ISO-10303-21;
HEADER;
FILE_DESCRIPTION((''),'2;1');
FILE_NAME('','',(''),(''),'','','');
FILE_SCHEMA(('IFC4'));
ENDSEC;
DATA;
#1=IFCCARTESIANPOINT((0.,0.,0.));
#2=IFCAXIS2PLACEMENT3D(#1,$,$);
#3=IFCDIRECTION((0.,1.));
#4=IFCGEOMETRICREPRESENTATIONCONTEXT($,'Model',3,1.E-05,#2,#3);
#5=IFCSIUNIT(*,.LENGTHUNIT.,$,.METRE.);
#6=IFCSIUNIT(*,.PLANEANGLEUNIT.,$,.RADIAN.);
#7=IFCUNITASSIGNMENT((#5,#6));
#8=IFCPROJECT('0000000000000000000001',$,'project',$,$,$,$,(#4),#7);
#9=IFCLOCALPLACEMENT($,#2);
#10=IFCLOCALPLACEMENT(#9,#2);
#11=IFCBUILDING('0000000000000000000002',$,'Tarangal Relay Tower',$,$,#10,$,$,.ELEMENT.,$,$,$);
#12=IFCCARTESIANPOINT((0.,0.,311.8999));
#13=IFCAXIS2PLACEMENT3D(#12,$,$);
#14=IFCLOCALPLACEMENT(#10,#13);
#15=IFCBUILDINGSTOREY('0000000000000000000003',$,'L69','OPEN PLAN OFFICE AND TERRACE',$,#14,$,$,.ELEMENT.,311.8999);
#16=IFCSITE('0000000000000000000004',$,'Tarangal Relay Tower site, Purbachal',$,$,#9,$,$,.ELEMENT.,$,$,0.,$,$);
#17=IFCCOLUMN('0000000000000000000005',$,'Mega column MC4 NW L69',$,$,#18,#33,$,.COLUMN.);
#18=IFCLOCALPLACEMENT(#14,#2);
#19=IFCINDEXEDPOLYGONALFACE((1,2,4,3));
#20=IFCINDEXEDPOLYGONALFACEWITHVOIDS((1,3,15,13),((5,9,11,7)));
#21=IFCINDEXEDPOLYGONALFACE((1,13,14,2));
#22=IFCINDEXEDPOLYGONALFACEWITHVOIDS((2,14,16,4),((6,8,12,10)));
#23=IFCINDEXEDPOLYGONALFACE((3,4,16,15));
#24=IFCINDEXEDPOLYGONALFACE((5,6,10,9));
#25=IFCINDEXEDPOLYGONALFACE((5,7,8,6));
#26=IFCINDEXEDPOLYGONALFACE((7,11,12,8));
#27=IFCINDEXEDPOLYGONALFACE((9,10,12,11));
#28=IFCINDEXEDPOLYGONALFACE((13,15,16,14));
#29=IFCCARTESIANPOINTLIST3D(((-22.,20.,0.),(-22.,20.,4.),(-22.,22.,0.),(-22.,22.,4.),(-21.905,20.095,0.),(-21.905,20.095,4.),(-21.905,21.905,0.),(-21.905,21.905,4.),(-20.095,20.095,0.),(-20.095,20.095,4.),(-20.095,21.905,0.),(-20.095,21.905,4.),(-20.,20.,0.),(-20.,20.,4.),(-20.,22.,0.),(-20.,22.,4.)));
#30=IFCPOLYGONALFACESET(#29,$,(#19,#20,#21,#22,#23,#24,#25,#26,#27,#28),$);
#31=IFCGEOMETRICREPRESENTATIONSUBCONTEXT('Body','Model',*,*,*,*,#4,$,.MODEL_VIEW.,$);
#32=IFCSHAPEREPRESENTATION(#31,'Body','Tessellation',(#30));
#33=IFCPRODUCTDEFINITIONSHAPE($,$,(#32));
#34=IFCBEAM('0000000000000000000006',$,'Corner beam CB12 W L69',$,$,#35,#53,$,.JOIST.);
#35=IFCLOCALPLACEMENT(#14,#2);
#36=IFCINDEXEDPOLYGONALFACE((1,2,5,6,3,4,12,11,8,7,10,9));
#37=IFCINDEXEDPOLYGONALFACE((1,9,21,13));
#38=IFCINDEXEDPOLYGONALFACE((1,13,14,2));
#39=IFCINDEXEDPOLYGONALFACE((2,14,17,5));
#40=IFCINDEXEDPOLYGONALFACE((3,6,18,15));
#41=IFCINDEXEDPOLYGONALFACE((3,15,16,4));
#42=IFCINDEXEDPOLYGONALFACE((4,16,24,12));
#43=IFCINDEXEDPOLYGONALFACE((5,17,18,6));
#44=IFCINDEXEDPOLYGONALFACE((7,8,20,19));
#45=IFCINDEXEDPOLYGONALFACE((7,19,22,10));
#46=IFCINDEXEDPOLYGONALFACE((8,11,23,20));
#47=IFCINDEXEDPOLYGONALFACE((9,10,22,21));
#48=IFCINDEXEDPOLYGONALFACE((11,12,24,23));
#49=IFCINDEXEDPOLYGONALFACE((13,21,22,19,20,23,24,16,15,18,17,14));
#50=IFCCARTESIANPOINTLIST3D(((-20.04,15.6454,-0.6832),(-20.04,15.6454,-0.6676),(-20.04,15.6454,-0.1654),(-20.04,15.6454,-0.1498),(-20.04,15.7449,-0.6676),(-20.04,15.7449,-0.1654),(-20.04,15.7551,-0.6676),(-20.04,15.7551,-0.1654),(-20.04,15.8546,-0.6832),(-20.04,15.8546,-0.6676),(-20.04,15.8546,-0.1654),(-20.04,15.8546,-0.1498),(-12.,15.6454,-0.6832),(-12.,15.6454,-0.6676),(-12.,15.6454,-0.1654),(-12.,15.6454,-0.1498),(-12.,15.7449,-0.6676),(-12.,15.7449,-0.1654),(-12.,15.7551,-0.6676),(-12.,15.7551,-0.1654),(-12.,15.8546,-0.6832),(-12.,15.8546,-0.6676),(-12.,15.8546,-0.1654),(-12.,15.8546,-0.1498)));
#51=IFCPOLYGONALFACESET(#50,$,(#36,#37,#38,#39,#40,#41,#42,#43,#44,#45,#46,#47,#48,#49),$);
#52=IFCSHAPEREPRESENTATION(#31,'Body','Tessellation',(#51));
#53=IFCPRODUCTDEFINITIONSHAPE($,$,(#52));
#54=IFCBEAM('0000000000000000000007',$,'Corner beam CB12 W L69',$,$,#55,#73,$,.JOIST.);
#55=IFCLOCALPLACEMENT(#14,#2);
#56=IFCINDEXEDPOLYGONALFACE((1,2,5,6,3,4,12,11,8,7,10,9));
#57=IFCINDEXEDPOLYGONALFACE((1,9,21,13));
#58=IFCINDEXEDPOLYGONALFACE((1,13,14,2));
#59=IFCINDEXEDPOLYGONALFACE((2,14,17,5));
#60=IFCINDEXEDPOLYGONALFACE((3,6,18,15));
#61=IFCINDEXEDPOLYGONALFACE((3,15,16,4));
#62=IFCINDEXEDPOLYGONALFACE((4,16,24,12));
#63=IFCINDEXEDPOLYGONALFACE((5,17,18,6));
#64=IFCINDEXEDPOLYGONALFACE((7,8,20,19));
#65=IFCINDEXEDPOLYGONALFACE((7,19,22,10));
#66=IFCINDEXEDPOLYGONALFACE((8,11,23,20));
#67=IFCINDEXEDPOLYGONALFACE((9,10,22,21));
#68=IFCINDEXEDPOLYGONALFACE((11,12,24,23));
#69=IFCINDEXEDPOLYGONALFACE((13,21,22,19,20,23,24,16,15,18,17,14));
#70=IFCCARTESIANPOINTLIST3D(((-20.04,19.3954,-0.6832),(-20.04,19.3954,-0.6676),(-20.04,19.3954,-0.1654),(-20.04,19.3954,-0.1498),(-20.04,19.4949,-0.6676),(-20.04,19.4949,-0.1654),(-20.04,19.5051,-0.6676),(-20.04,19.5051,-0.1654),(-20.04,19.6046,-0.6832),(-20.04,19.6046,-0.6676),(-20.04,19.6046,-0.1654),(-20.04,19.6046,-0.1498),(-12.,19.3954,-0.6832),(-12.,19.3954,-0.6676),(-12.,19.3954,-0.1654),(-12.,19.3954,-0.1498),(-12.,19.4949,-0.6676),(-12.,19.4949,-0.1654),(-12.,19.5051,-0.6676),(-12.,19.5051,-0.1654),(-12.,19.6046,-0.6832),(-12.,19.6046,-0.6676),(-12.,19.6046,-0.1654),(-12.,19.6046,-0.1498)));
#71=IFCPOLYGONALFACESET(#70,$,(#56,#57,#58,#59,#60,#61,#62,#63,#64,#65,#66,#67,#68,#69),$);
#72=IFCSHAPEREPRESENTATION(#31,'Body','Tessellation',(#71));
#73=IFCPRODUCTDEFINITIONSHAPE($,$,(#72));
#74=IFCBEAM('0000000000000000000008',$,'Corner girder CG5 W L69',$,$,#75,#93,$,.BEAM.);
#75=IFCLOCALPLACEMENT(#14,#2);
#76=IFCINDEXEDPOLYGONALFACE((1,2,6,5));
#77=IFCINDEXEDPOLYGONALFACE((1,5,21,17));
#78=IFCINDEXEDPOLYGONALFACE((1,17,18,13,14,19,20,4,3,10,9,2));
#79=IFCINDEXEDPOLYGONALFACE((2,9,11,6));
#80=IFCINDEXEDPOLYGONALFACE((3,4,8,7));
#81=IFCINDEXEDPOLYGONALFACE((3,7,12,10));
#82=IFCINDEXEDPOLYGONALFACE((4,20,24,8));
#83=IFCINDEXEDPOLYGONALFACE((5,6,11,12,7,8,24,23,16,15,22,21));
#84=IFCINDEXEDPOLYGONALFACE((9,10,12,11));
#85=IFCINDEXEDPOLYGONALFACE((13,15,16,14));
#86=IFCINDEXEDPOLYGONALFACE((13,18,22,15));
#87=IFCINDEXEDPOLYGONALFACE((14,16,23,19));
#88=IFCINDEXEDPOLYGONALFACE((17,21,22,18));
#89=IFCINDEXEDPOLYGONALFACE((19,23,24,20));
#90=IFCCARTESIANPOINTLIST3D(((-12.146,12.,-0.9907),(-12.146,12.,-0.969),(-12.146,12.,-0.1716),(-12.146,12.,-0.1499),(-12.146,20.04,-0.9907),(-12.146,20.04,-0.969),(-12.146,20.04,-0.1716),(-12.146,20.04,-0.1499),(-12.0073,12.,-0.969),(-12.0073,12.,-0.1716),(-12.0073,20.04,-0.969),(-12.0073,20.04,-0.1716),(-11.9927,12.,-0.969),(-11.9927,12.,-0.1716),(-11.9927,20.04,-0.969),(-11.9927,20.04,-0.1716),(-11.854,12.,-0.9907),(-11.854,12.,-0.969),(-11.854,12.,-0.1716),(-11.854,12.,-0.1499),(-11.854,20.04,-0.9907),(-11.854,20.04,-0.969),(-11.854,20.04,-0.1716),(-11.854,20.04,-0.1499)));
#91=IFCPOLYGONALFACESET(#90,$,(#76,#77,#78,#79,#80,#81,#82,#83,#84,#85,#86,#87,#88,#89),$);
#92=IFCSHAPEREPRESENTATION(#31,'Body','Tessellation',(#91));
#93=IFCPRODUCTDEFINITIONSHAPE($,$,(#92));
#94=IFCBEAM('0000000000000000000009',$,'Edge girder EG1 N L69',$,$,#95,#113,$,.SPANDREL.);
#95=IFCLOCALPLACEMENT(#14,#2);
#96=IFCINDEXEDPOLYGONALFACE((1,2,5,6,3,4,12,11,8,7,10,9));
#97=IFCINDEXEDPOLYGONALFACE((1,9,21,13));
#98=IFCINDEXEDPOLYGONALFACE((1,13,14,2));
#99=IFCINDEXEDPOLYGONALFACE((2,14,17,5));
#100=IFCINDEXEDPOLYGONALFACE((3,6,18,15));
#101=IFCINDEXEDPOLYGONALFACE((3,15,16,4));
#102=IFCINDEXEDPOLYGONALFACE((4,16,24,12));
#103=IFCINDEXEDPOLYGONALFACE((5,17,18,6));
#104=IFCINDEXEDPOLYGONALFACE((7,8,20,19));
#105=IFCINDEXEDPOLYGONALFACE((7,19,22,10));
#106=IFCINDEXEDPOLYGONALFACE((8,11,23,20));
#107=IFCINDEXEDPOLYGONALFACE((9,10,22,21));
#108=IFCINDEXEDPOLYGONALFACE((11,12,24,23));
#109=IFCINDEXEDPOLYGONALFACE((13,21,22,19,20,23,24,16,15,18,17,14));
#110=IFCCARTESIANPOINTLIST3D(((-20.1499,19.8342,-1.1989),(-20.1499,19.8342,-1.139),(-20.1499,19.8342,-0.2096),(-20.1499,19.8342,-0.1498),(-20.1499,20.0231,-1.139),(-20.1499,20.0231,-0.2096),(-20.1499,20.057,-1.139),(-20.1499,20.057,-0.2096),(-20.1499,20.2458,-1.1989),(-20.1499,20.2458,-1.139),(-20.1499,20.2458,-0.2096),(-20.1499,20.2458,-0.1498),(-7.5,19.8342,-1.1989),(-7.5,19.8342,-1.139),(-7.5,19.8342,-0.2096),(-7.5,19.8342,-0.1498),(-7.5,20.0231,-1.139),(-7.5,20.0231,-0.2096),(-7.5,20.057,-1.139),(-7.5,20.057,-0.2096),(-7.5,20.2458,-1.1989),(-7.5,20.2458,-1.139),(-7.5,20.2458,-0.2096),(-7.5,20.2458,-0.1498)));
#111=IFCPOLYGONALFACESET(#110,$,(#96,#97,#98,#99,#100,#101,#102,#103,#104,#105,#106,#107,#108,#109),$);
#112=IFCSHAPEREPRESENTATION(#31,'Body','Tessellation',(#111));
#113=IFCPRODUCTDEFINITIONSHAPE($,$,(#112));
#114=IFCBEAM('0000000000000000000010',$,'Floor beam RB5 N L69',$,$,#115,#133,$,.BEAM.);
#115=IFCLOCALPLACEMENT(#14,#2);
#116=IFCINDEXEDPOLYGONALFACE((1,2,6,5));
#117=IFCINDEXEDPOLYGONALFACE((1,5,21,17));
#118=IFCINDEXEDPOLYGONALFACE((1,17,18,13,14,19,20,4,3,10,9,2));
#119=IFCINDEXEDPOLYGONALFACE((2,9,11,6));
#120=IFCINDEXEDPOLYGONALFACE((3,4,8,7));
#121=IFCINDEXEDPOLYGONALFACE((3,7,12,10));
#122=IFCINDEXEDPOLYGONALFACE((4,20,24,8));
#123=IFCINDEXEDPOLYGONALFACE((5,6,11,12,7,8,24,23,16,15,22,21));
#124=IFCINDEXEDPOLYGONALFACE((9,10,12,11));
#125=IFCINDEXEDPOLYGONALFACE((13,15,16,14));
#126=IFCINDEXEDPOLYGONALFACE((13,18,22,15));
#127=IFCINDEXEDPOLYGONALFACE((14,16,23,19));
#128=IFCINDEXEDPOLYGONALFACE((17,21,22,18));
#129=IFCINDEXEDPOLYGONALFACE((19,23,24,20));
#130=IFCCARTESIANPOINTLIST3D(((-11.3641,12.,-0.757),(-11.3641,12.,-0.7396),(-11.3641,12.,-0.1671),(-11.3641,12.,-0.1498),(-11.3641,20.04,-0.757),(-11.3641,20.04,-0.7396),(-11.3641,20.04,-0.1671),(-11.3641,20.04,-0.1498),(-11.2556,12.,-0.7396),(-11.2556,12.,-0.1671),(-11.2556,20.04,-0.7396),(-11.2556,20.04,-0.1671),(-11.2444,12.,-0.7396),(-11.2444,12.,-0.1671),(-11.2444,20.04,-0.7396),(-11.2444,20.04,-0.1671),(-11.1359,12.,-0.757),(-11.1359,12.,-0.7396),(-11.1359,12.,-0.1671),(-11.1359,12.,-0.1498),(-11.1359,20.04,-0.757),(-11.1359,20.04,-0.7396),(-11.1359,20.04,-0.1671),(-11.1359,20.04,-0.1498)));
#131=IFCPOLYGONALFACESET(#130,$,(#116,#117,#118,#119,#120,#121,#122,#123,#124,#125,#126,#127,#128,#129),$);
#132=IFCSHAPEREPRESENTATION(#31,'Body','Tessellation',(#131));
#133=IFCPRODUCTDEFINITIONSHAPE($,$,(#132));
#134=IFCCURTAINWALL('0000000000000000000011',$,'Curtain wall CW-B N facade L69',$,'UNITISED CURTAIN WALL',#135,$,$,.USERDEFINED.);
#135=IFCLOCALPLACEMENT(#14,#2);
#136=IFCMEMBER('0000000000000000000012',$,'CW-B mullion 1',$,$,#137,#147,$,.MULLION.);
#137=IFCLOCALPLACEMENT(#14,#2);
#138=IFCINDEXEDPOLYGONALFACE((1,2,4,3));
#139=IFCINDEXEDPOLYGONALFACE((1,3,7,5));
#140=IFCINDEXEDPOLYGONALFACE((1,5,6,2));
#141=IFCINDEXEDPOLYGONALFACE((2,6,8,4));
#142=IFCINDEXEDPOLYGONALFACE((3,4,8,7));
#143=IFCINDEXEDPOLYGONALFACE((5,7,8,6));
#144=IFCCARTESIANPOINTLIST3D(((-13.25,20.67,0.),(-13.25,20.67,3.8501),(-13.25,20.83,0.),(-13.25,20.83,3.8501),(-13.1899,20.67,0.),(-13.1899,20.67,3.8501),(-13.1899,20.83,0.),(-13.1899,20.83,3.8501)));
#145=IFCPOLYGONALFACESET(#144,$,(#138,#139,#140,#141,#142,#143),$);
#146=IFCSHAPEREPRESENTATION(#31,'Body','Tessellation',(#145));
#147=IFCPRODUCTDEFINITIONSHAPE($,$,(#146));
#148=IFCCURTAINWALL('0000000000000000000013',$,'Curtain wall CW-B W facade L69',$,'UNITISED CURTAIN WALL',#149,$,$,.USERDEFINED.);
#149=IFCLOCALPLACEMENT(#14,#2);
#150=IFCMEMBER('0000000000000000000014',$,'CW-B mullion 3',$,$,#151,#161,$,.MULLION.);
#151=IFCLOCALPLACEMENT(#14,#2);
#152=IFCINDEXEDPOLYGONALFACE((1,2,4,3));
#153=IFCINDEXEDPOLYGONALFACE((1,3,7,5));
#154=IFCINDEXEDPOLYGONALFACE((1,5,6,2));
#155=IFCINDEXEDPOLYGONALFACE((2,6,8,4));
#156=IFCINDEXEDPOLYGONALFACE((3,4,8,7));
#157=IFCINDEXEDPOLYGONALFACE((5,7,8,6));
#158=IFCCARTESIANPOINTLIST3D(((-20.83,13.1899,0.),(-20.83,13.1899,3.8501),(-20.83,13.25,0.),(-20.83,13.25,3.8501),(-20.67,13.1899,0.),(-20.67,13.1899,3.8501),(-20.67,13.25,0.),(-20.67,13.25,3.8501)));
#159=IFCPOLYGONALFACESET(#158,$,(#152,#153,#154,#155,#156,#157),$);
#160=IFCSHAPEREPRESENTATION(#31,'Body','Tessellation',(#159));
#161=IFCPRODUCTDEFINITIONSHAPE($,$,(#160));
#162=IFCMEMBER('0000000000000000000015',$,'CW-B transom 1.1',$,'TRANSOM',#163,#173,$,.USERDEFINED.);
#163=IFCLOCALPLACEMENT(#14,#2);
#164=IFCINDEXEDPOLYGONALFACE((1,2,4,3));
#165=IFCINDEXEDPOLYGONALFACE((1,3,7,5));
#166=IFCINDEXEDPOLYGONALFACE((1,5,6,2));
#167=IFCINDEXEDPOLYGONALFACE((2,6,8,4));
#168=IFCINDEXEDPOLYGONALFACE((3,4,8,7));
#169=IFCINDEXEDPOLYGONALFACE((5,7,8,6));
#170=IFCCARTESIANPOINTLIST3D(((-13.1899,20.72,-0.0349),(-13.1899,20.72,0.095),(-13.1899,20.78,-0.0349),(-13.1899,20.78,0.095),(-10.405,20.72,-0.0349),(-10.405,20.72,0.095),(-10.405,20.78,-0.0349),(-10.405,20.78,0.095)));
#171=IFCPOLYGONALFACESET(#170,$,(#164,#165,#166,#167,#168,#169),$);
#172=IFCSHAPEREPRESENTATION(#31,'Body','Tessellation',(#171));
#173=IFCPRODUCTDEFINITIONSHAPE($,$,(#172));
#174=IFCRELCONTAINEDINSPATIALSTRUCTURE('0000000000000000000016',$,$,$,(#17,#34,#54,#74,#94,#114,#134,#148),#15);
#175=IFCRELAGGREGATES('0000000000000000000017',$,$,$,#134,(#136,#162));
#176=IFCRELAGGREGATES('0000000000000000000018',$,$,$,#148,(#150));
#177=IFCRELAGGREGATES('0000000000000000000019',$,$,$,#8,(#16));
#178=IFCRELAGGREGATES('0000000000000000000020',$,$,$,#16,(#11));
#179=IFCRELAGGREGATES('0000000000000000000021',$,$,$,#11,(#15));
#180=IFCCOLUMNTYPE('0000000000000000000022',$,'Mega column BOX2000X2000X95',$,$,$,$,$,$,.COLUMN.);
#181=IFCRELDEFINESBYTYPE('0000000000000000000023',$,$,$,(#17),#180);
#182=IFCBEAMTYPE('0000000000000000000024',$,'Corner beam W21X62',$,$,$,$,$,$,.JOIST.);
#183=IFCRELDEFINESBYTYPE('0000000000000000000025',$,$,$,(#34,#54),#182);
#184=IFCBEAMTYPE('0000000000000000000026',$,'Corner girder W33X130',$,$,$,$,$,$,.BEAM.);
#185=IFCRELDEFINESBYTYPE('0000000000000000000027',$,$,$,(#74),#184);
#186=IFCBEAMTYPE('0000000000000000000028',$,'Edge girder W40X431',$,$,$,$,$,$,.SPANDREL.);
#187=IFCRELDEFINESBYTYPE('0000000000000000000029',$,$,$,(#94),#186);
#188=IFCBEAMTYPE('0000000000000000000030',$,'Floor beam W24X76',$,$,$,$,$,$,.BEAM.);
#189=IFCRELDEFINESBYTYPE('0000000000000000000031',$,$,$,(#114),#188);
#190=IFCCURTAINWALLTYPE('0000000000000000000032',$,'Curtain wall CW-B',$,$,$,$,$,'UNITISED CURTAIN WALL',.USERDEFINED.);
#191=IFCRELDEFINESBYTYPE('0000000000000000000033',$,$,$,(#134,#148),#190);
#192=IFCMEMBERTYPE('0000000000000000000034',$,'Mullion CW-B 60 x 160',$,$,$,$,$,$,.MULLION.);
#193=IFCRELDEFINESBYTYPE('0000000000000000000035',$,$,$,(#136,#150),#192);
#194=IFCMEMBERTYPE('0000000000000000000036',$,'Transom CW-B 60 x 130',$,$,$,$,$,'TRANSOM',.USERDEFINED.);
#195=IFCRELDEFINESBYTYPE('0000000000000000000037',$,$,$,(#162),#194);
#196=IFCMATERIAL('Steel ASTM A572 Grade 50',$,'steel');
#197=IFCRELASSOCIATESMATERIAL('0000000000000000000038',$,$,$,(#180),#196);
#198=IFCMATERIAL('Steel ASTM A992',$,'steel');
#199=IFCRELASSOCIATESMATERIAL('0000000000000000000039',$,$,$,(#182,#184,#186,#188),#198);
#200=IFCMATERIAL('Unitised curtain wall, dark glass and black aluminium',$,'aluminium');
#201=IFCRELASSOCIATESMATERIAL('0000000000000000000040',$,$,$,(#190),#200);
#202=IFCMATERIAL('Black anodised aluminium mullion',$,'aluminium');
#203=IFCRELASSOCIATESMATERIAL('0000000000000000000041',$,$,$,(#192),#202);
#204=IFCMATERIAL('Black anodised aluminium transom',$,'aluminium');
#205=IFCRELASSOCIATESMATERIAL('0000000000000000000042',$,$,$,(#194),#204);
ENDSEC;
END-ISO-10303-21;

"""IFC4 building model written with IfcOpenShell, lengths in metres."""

from ifc_helpers import new_model, si_unit, direction, frame, origin, origin_2d, place, context, subcontext, project, spatial, rectangle, hollow_rectangle, i_section, extrude, material, material_profile, profile_set, type_object, element, aggregate, save


model = new_model("IFC4")

# Units and contexts
model_context = context("Model", 3, precision=1e-05, world=origin(), true_north=direction((0.0, 1.0)))
body_context = subcontext(model_context, "Body", "Model", "MODEL_VIEW")
ifc_project = project(units=[si_unit("LENGTHUNIT", "METRE"), si_unit("PLANEANGLEUNIT", "RADIAN")], contexts=[model_context])

# Site, building, storey
site_placement = place(None, origin())
site = spatial("IfcSite", under=ifc_project, at=site_placement, Name="Tarangal Relay Tower site, Purbachal", CompositionType="ELEMENT", RefElevation=0.0)
building_placement = place(site_placement, origin())
building = spatial("IfcBuilding", under=site, at=building_placement, Name="Tarangal Relay Tower", CompositionType="ELEMENT")
storey_placement = place(building_placement, frame((0.0, 0.0, 311.8999)))
storey = spatial("IfcBuildingStorey", under=building, at=storey_placement, Name="L69", Description="OPEN PLAN OFFICE AND TERRACE", CompositionType="ELEMENT", Elevation=311.8999)

# Column
ifc_material_1 = material(Name="Steel ASTM A572 Grade 50", Category="steel")
ifc_material_profile_1 = material_profile(ifc_material_1, hollow_rectangle(XDim=2.0, YDim=2.0, WallThickness=0.095, at=origin_2d()), Name="BOX2000X2000X95")
ifc_profile_set_1 = profile_set([ifc_material_profile_1], Name="Steel ASTM A572 Grade 50")
column_type = type_object("IfcColumnType", Name="Mega column BOX2000X2000X95", PredefinedType="COLUMN", material=ifc_profile_set_1)
column_placement = place(storey_placement, frame((-21.0, 21.0, 0.0), z_axis=(0.0, 0.0, 1.0), x_axis=(1.0, 0.0, 0.0)))
element("IfcColumn", 1, at=column_placement, inside=storey, type_object=column_type, Name="Mega column MC4 NW L69", PredefinedType="COLUMN", context=body_context, shape_type="SweptSolid", body=[
    extrude(hollow_rectangle(XDim=2.0, YDim=2.0, WallThickness=0.095, at=origin_2d()), origin(), (0.0, 0.0, 1.0), 4.0),
])

# Beams
ifc_material_2 = material(Name="Steel ASTM A992", Category="steel")
ifc_material_profile_2 = material_profile(ifc_material_2, i_section(OverallWidth=0.2092, OverallDepth=0.5334, WebThickness=0.0103, FlangeThickness=0.0156, at=origin_2d()), Name="W21X62")
ifc_profile_set_2 = profile_set([ifc_material_profile_2], Name="Steel ASTM A992")
beam_type_1 = type_object("IfcBeamType", Name="Corner beam W21X62", PredefinedType="JOIST", material=ifc_profile_set_2)
for number, where, z_axis, x_axis, name in (
    (2, (-12.0, 15.75, -0.4165), (-1.0, 0.0, 0.0), (0.0, -1.0, 0.0), "Corner beam CB12 W L69"),
    (3, (-12.0, 19.5, -0.4165), (-1.0, 0.0, 0.0), (0.0, -1.0, 0.0), "Corner beam CB12 W L69"),
):
    element("IfcBeam", number, at=place(storey_placement, frame(where, z_axis=z_axis, x_axis=x_axis)), inside=storey, type_object=beam_type_1, Name=name, PredefinedType="JOIST", context=body_context, shape_type="SweptSolid", body=[
        extrude(i_section(OverallWidth=0.2092, OverallDepth=0.5334, WebThickness=0.0103, FlangeThickness=0.0156, at=origin_2d()), origin(), (0.0, 0.0, 1.0), 8.04),
    ])
ifc_material_profile_3 = material_profile(ifc_material_2, i_section(OverallWidth=0.292, OverallDepth=0.8408, WebThickness=0.0146, FlangeThickness=0.0217, at=origin_2d()), Name="W33X130")
ifc_profile_set_3 = profile_set([ifc_material_profile_3], Name="Steel ASTM A992")
beam_type_2 = type_object("IfcBeamType", Name="Corner girder W33X130", PredefinedType="BEAM", material=ifc_profile_set_3)
beam_1_placement = place(storey_placement, frame((-12.0, 12.0, -0.5703), z_axis=(0.0, 1.0, 0.0), x_axis=(-1.0, 0.0, 0.0)))
element("IfcBeam", 4, at=beam_1_placement, inside=storey, type_object=beam_type_2, Name="Corner girder CG5 W L69", PredefinedType="BEAM", context=body_context, shape_type="SweptSolid", body=[
    extrude(i_section(OverallWidth=0.292, OverallDepth=0.8408, WebThickness=0.0146, FlangeThickness=0.0217, at=origin_2d()), origin(), (0.0, 0.0, 1.0), 8.04),
])
ifc_material_profile_4 = material_profile(ifc_material_2, i_section(OverallWidth=0.4116, OverallDepth=1.0491, WebThickness=0.0339, FlangeThickness=0.0598, at=origin_2d()), Name="W40X431")
ifc_profile_set_4 = profile_set([ifc_material_profile_4], Name="Steel ASTM A992")
beam_type_3 = type_object("IfcBeamType", Name="Edge girder W40X431", PredefinedType="SPANDREL", material=ifc_profile_set_4)
beam_2_placement = place(storey_placement, frame((-20.1499, 20.04, -0.6743), z_axis=(1.0, 0.0, 0.0), x_axis=(0.0, 1.0, 0.0)))
element("IfcBeam", 5, at=beam_2_placement, inside=storey, type_object=beam_type_3, Name="Edge girder EG1 N L69", PredefinedType="SPANDREL", context=body_context, shape_type="SweptSolid", body=[
    extrude(i_section(OverallWidth=0.4116, OverallDepth=1.0491, WebThickness=0.0339, FlangeThickness=0.0598, at=origin_2d()), origin(), (0.0, 0.0, 1.0), 12.6499),
])
ifc_material_profile_5 = material_profile(ifc_material_2, i_section(OverallWidth=0.2283, OverallDepth=0.6072, WebThickness=0.0112, FlangeThickness=0.0173, at=origin_2d()), Name="W24X76")
ifc_profile_set_5 = profile_set([ifc_material_profile_5], Name="Steel ASTM A992")
beam_type_4 = type_object("IfcBeamType", Name="Floor beam W24X76", PredefinedType="BEAM", material=ifc_profile_set_5)
beam_3_placement = place(storey_placement, frame((-11.25, 12.0, -0.4534), z_axis=(0.0, 1.0, 0.0), x_axis=(-1.0, 0.0, 0.0)))
element("IfcBeam", 6, at=beam_3_placement, inside=storey, type_object=beam_type_4, Name="Floor beam RB5 N L69", PredefinedType="BEAM", context=body_context, shape_type="SweptSolid", body=[
    extrude(i_section(OverallWidth=0.2283, OverallDepth=0.6072, WebThickness=0.0112, FlangeThickness=0.0173, at=origin_2d()), origin(), (0.0, 0.0, 1.0), 8.04),
])

# Curtain walls, members
ifc_material_3 = material(Name="Unitised curtain wall, dark glass and black aluminium", Category="aluminium")
curtain_wall_type = type_object("IfcCurtainWallType", Name="Curtain wall CW-B", ElementType="UNITISED CURTAIN WALL", PredefinedType="USERDEFINED", material=ifc_material_3)
curtain_wall_1_placement = place(storey_placement, origin())
curtain_wall_1 = element("IfcCurtainWall", 7, at=curtain_wall_1_placement, inside=storey, type_object=curtain_wall_type, Name="Curtain wall CW-B N facade L69", ObjectType="UNITISED CURTAIN WALL", PredefinedType="USERDEFINED")
ifc_material_4 = material(Name="Black anodised aluminium mullion", Category="aluminium")
ifc_material_profile_6 = material_profile(ifc_material_4, rectangle(XDim=0.1599, YDim=0.0601, at=origin_2d()), Name="CW-BM 60X160")
ifc_profile_set_6 = profile_set([ifc_material_profile_6], Name="Black anodised aluminium mullion")
member_type_1 = type_object("IfcMemberType", Name="Mullion CW-B 60 x 160", PredefinedType="MULLION", material=ifc_profile_set_6)
member_1_placement = place(storey_placement, frame((-13.22, 20.75, 0.0), z_axis=(0.0, 0.0, 1.0), x_axis=(0.0, 1.0, 0.0)))
member_1 = element("IfcMember", 8, at=member_1_placement, type_object=member_type_1, Name="CW-B mullion 1", PredefinedType="MULLION", context=body_context, shape_type="SweptSolid", body=[
    extrude(rectangle(XDim=0.1599, YDim=0.0601, at=origin_2d()), origin(), (0.0, 0.0, 1.0), 3.8501),
])
curtain_wall_2_placement = place(storey_placement, origin())
curtain_wall_2 = element("IfcCurtainWall", 9, at=curtain_wall_2_placement, inside=storey, type_object=curtain_wall_type, Name="Curtain wall CW-B W facade L69", ObjectType="UNITISED CURTAIN WALL", PredefinedType="USERDEFINED")
member_2_placement = place(storey_placement, frame((-20.75, 13.22, 0.0), z_axis=(0.0, 0.0, 1.0), x_axis=(-1.0, 0.0, 0.0)))
member_2 = element("IfcMember", 10, at=member_2_placement, type_object=member_type_1, Name="CW-B mullion 3", PredefinedType="MULLION", context=body_context, shape_type="SweptSolid", body=[
    extrude(rectangle(XDim=0.1599, YDim=0.0601, at=origin_2d()), origin(), (0.0, 0.0, 1.0), 3.8501),
])

# Member
ifc_material_5 = material(Name="Black anodised aluminium transom", Category="aluminium")
ifc_material_profile_7 = material_profile(ifc_material_5, rectangle(XDim=0.0601, YDim=0.1299, at=origin_2d()), Name="CW-BT 60X130")
ifc_profile_set_7 = profile_set([ifc_material_profile_7], Name="Black anodised aluminium transom")
member_type_2 = type_object("IfcMemberType", Name="Transom CW-B 60 x 130", ElementType="TRANSOM", PredefinedType="USERDEFINED", material=ifc_profile_set_7)
member_3_placement = place(storey_placement, frame((-13.1899, 20.75, 0.03), z_axis=(1.0, 0.0, 0.0), x_axis=(0.0, 1.0, 0.0)))
member_3 = element("IfcMember", 11, at=member_3_placement, type_object=member_type_2, Name="CW-B transom 1.1", ObjectType="TRANSOM", PredefinedType="USERDEFINED", context=body_context, shape_type="SweptSolid", body=[
    extrude(rectangle(XDim=0.0601, YDim=0.1299, at=origin_2d()), origin(), (0.0, 0.0, 1.0), 2.7849),
])

aggregate(curtain_wall_1, [member_1, member_3])
aggregate(curtain_wall_2, [member_2])

save(model, "model.ifc")
